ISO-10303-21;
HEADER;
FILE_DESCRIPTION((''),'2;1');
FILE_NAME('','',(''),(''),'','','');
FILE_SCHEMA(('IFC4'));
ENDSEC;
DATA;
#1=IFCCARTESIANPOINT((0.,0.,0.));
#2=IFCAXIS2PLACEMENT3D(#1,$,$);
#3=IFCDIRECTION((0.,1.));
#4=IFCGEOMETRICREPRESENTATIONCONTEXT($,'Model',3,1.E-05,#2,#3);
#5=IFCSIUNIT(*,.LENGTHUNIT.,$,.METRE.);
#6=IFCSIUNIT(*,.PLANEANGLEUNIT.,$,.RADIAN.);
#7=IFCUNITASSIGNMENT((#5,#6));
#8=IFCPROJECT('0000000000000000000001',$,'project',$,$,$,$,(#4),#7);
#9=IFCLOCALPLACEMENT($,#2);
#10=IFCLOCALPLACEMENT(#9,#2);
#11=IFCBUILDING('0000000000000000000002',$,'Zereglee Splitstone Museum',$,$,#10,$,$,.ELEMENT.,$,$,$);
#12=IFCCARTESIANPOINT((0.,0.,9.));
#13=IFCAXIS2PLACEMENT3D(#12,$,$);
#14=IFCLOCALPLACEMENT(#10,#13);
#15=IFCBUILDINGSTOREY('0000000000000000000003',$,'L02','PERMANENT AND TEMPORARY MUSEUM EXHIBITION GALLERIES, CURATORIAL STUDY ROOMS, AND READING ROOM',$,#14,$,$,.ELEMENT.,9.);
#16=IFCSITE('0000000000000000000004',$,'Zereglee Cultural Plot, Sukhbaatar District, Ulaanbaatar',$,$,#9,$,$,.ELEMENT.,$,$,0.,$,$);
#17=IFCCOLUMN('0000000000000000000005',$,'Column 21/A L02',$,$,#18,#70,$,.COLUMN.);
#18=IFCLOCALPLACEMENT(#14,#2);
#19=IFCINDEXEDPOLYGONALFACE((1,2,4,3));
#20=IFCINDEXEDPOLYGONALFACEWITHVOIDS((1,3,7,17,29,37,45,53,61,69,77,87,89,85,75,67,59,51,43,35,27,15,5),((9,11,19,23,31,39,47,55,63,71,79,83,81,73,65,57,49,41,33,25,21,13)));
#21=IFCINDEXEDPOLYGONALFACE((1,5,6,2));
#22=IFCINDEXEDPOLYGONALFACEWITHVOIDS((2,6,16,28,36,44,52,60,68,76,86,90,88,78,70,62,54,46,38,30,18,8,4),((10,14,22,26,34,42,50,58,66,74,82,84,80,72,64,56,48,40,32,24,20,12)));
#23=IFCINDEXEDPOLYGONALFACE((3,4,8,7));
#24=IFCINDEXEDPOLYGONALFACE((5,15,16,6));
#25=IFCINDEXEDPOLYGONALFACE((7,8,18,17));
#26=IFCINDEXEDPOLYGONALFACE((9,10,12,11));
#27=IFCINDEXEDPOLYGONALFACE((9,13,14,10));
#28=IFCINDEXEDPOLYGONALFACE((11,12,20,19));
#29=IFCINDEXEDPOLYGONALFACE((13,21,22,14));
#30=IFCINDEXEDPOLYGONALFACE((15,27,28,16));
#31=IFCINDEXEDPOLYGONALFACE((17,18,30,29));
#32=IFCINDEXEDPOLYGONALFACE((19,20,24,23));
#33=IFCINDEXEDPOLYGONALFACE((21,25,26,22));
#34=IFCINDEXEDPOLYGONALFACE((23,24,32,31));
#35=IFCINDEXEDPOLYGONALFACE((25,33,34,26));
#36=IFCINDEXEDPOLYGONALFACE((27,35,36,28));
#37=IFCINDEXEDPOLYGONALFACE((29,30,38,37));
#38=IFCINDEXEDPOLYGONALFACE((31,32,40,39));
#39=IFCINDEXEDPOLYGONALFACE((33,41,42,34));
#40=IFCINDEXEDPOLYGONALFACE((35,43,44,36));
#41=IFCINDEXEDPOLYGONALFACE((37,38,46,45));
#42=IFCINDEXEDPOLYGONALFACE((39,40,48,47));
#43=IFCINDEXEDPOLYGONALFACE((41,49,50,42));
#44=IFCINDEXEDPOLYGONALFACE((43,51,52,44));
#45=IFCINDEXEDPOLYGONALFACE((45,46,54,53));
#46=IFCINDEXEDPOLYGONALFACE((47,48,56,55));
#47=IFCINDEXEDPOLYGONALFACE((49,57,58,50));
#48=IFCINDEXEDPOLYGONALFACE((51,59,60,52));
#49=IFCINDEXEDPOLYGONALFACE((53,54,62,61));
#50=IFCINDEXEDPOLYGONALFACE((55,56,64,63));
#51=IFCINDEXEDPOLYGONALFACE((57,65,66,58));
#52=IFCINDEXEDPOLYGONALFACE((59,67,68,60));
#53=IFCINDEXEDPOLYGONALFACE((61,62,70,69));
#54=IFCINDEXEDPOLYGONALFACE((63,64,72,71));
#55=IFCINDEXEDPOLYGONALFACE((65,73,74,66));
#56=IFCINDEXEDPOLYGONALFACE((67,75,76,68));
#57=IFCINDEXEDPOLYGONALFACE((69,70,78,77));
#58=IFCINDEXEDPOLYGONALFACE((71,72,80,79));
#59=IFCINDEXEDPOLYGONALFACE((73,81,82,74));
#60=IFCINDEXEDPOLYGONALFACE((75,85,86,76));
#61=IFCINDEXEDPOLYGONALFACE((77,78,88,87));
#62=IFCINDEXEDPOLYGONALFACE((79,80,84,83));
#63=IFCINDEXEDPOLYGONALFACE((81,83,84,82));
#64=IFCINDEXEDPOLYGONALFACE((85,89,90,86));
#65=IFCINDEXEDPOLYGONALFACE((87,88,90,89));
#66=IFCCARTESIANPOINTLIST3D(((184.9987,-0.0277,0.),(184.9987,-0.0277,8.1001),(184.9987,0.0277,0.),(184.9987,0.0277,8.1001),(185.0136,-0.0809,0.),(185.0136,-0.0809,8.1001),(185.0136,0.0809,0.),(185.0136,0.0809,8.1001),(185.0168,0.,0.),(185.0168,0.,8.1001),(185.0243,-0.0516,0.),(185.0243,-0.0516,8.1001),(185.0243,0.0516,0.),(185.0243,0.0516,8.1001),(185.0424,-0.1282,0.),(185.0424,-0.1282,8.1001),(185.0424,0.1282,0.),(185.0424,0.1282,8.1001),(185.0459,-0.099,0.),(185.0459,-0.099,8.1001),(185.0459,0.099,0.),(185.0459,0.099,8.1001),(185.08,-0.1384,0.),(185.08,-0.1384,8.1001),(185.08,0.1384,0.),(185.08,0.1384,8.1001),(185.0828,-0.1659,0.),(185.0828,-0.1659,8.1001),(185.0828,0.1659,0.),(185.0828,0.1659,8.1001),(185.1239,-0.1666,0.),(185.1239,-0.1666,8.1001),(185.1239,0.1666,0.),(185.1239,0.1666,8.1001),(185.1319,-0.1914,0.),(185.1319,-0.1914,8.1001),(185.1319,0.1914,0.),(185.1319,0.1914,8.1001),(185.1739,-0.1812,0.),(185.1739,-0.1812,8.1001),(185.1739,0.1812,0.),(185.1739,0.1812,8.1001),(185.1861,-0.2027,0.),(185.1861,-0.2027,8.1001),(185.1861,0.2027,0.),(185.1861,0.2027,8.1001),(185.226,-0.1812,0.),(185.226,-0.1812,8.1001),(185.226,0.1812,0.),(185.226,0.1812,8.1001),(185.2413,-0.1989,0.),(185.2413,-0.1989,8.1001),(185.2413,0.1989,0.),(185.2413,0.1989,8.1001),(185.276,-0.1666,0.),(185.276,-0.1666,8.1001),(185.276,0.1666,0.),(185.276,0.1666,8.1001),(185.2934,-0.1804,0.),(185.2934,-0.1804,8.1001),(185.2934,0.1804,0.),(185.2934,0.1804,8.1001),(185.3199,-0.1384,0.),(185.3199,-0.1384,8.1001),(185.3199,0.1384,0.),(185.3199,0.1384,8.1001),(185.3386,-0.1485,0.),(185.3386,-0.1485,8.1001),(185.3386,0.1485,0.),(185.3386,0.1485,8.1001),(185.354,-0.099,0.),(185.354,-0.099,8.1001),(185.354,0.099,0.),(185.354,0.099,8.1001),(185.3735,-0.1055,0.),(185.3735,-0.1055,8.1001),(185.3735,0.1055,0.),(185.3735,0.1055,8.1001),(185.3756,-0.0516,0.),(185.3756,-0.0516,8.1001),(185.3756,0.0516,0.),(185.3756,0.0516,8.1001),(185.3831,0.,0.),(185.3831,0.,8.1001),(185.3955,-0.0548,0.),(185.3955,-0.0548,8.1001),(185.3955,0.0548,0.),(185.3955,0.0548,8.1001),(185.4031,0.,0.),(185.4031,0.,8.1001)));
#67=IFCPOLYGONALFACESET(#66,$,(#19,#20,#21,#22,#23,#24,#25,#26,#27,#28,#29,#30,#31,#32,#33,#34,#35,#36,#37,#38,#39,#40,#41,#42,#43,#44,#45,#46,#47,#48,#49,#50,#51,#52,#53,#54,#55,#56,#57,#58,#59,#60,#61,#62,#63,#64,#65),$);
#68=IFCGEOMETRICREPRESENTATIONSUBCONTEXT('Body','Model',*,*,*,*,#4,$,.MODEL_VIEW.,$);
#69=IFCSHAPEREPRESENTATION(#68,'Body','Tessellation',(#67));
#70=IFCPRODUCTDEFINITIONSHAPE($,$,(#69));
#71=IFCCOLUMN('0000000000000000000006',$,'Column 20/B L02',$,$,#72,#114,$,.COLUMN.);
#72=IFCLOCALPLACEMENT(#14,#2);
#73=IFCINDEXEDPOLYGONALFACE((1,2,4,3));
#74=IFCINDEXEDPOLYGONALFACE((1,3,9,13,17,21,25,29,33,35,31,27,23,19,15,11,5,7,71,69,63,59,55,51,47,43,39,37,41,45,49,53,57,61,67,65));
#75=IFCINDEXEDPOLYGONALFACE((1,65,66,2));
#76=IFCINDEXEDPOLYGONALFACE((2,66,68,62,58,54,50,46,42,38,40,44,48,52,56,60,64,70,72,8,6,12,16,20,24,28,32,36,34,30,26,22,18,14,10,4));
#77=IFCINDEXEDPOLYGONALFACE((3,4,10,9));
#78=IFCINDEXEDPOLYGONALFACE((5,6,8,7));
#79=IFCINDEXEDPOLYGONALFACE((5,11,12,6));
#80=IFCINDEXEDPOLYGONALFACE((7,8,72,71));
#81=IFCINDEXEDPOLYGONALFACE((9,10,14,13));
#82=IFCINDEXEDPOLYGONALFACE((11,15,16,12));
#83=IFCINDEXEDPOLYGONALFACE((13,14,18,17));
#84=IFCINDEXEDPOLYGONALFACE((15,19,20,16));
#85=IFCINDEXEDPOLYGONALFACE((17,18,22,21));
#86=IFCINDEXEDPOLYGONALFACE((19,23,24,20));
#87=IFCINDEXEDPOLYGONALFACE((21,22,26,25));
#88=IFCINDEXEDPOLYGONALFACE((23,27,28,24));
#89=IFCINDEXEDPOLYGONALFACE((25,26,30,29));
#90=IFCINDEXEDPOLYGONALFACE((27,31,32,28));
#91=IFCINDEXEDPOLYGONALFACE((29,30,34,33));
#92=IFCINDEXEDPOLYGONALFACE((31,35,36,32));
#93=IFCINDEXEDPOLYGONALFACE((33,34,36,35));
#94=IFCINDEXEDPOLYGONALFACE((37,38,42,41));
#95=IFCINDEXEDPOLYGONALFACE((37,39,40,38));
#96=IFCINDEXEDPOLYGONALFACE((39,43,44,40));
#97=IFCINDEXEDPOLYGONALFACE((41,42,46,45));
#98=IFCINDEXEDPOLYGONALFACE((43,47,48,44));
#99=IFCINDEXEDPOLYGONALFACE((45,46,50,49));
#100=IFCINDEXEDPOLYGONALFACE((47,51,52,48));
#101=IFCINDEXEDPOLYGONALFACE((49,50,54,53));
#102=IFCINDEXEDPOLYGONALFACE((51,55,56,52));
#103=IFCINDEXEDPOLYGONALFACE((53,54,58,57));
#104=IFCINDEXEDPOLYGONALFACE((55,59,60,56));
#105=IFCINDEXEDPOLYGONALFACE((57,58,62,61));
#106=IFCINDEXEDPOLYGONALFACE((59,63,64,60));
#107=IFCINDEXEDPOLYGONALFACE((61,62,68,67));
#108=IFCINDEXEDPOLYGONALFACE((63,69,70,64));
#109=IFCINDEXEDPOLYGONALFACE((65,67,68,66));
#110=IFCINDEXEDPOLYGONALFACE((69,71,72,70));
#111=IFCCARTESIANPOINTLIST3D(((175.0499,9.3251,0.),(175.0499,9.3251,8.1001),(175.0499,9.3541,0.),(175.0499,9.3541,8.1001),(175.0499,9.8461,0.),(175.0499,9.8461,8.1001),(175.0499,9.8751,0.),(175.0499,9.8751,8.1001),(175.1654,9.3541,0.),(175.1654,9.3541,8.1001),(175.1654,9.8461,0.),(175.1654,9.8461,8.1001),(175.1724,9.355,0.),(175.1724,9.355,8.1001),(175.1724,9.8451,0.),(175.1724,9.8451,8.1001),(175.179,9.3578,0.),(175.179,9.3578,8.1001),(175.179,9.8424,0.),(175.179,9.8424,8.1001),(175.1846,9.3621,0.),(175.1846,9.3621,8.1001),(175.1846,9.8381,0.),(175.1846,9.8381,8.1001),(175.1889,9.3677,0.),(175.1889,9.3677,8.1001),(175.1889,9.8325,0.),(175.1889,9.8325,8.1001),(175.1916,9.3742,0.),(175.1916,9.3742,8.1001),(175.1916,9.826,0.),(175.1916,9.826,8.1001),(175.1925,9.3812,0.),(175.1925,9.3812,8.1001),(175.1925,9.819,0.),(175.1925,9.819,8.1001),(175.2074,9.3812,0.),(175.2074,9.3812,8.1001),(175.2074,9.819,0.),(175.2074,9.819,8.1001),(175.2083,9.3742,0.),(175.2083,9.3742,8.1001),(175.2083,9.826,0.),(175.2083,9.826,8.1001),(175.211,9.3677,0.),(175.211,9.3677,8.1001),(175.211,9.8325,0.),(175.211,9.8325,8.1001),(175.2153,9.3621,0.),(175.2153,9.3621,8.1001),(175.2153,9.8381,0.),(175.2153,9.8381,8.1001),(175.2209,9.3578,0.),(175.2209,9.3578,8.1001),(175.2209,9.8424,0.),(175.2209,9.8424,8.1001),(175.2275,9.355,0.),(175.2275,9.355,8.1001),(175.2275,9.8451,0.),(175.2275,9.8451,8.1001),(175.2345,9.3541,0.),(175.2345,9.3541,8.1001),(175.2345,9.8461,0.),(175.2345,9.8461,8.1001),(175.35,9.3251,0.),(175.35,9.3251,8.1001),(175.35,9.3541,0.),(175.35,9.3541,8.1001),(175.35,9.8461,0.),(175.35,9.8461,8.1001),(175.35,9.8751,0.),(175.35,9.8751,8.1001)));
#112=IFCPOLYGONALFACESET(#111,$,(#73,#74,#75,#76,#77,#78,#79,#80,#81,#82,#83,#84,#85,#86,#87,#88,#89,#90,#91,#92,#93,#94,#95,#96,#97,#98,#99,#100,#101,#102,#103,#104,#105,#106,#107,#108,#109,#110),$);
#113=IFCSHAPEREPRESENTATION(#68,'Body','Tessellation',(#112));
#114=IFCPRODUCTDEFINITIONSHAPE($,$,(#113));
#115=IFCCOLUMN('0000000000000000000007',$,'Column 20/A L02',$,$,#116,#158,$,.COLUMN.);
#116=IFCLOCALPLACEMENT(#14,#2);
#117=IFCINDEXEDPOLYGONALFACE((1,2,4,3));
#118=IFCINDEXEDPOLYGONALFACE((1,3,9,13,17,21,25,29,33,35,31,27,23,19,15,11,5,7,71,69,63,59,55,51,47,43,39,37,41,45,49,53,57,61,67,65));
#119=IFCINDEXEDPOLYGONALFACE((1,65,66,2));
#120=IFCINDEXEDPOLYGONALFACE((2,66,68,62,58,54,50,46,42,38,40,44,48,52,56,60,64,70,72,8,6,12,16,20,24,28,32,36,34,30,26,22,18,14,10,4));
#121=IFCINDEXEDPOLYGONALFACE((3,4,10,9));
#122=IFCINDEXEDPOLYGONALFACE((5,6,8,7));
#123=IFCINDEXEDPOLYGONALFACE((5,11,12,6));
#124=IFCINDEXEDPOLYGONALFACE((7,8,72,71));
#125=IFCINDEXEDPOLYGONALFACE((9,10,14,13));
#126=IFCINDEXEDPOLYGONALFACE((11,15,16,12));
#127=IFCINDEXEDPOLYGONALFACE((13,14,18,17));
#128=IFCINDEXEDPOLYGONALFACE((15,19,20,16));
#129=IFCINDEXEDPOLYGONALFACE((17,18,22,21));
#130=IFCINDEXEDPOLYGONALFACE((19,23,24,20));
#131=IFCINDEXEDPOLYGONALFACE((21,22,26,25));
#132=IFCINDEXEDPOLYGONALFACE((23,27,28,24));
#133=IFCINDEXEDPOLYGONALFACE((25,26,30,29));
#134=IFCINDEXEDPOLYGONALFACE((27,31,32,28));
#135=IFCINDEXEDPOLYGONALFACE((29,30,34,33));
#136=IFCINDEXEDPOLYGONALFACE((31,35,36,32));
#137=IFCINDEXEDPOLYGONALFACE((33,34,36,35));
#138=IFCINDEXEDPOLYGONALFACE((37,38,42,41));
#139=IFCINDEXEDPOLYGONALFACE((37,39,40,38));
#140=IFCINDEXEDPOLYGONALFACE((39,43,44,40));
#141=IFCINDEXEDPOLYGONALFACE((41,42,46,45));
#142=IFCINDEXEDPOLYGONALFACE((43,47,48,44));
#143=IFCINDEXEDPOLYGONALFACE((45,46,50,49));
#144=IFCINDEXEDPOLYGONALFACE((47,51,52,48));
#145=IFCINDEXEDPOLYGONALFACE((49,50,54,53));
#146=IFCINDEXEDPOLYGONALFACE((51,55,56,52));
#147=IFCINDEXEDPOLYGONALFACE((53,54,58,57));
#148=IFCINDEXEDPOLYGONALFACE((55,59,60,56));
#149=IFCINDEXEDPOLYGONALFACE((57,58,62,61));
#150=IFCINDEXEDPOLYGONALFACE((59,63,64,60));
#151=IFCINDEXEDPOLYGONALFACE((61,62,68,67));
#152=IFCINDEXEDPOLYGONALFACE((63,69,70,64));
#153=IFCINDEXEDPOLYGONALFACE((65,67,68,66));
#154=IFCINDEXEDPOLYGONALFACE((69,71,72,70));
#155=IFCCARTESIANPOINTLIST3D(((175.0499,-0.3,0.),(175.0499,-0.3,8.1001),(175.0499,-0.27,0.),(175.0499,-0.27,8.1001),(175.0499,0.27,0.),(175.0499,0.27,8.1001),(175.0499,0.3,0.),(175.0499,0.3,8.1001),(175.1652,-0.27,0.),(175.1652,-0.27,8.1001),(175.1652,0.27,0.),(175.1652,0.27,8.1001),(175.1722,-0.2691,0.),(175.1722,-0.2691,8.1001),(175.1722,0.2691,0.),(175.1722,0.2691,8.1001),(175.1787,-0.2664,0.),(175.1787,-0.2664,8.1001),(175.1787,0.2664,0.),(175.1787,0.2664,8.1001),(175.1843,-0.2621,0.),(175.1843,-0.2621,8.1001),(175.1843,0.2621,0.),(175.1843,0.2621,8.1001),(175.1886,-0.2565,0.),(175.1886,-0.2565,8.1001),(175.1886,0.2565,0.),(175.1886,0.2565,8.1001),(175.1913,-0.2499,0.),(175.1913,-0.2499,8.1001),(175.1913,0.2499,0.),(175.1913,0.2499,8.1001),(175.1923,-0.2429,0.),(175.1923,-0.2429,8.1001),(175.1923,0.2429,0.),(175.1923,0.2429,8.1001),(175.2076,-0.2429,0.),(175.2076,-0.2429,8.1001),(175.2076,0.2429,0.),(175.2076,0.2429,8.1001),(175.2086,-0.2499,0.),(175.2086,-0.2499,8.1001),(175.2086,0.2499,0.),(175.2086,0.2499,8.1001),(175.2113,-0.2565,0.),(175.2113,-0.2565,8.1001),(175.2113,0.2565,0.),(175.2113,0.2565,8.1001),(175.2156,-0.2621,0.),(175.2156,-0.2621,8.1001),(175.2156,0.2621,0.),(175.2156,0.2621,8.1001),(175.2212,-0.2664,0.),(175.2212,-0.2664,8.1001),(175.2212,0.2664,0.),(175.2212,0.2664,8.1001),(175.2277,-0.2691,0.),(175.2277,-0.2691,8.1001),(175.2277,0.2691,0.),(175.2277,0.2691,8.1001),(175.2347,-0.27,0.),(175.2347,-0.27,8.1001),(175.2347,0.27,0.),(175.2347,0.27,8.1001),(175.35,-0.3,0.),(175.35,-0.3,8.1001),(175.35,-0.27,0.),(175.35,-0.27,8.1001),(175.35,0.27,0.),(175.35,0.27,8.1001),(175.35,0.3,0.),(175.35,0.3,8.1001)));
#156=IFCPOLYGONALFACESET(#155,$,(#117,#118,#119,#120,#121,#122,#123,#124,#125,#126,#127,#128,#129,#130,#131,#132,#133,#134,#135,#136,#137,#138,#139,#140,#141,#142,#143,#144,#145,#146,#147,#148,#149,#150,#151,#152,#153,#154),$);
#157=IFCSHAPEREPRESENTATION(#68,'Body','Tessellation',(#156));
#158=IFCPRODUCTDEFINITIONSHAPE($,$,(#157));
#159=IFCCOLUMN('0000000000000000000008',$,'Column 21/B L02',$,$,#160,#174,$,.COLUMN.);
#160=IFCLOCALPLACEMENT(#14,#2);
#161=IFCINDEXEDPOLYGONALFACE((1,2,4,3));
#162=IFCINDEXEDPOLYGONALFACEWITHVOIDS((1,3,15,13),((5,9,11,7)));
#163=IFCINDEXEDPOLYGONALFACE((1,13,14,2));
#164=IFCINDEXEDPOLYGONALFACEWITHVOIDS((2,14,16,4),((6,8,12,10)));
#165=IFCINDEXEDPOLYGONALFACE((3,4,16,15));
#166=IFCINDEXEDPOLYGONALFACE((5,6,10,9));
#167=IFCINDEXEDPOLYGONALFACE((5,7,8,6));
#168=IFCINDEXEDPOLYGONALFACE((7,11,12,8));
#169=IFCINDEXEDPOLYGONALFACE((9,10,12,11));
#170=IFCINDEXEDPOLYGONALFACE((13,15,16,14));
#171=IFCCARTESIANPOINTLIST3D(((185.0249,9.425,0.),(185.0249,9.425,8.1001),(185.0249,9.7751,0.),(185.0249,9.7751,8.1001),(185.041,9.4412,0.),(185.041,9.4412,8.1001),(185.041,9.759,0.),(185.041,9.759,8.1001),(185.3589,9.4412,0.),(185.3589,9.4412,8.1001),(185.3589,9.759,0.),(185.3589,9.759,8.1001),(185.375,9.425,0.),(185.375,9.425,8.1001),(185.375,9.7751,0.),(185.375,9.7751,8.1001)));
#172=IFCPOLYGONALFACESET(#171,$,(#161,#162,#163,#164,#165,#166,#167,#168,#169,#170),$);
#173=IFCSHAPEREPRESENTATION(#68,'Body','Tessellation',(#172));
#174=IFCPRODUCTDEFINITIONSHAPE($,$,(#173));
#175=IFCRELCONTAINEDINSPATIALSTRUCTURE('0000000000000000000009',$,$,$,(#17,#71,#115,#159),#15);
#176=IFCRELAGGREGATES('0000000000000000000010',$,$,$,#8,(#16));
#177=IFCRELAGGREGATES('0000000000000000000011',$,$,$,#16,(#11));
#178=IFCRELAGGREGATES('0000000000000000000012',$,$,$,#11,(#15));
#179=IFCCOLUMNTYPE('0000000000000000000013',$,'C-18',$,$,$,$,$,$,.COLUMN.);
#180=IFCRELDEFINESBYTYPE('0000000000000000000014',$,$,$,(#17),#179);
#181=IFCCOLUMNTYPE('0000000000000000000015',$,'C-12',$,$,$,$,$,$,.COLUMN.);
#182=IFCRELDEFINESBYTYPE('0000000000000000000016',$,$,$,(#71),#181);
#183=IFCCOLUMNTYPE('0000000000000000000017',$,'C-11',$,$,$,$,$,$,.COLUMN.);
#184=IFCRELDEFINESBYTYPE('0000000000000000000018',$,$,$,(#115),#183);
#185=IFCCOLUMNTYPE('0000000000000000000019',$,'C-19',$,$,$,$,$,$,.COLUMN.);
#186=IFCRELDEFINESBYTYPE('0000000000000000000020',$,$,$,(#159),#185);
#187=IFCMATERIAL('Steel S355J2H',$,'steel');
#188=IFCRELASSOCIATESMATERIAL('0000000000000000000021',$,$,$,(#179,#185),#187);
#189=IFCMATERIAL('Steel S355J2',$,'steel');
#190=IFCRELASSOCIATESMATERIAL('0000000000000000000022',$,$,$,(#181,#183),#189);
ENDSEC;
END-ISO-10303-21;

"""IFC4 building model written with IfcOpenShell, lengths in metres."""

from ifc_helpers import new_model, si_unit, direction, frame, origin, origin_2d, place, context, subcontext, project, spatial, hollow_rectangle, hollow_circle, i_section, extrude, material, material_profile, profile_set, type_object, element, save


model = new_model("IFC4")

# Units and contexts
model_context = context("Model", 3, precision=1e-05, world=origin(), true_north=direction((0.0, 1.0)))
body_context = subcontext(model_context, "Body", "Model", "MODEL_VIEW")
ifc_project = project(units=[si_unit("LENGTHUNIT", "METRE"), si_unit("PLANEANGLEUNIT", "RADIAN")], contexts=[model_context])

# Site, building, storey
site_placement = place(None, origin())
site = spatial("IfcSite", under=ifc_project, at=site_placement, Name="Zereglee Cultural Plot, Sukhbaatar District, Ulaanbaatar", CompositionType="ELEMENT", RefElevation=0.0)
building_placement = place(site_placement, origin())
building = spatial("IfcBuilding", under=site, at=building_placement, Name="Zereglee Splitstone Museum", CompositionType="ELEMENT")
storey_placement = place(building_placement, frame((0.0, 0.0, 9.0)))
storey = spatial("IfcBuildingStorey", under=building, at=storey_placement, Name="L02", Description="PERMANENT AND TEMPORARY MUSEUM EXHIBITION GALLERIES, CURATORIAL STUDY ROOMS, AND READING ROOM", CompositionType="ELEMENT", Elevation=9.0)

# Columns
ifc_material_1 = material(Name="Steel S355J2H", Category="steel")
ifc_material_profile_1 = material_profile(ifc_material_1, hollow_circle(Radius=0.2031, WallThickness=0.02, at=origin_2d()), Name="CHS 406.4x20")
ifc_profile_set_1 = profile_set([ifc_material_profile_1], Name="Steel S355J2H")
column_type_1 = type_object("IfcColumnType", Name="C-18", PredefinedType="COLUMN", material=ifc_profile_set_1)
column_1_placement = place(storey_placement, frame((185.2, 0.0, 0.0), z_axis=(0.0, 0.0, 1.0), x_axis=(1.0, 0.0, 0.0)))
element("IfcColumn", 1, at=column_1_placement, inside=storey, type_object=column_type_1, Name="Column 21/A L02", PredefinedType="COLUMN", context=body_context, shape_type="SweptSolid", body=[
    extrude(hollow_circle(Radius=0.2031, WallThickness=0.02, at=origin_2d()), origin(), (0.0, 0.0, 1.0), 8.1001),
])
ifc_material_2 = material(Name="Steel S355J2", Category="steel")
ifc_material_profile_2 = material_profile(ifc_material_2, i_section(OverallWidth=0.3, OverallDepth=0.55, WebThickness=0.0149, FlangeThickness=0.0291, FilletRadius=0.0271, at=origin_2d()), Name="HE 550 B")
ifc_profile_set_2 = profile_set([ifc_material_profile_2], Name="Steel S355J2")
column_type_2 = type_object("IfcColumnType", Name="C-12", PredefinedType="COLUMN", material=ifc_profile_set_2)
column_2_placement = place(storey_placement, frame((175.2, 9.6001, 0.0), z_axis=(0.0, 0.0, 1.0), x_axis=(1.0, 0.0, 0.0)))
element("IfcColumn", 2, at=column_2_placement, inside=storey, type_object=column_type_2, Name="Column 20/B L02", PredefinedType="COLUMN", context=body_context, shape_type="SweptSolid", body=[
    extrude(i_section(OverallWidth=0.3, OverallDepth=0.55, WebThickness=0.0149, FlangeThickness=0.0291, FilletRadius=0.0271, at=origin_2d()), origin(), (0.0, 0.0, 1.0), 8.1001),
])
ifc_material_profile_3 = material_profile(ifc_material_2, i_section(OverallWidth=0.3, OverallDepth=0.6001, WebThickness=0.0154, FlangeThickness=0.03, FilletRadius=0.0271, at=origin_2d()), Name="HE 600 B")
ifc_profile_set_3 = profile_set([ifc_material_profile_3], Name="Steel S355J2")
column_type_3 = type_object("IfcColumnType", Name="C-11", PredefinedType="COLUMN", material=ifc_profile_set_3)
column_3_placement = place(storey_placement, frame((175.2, 0.0, 0.0), z_axis=(0.0, 0.0, 1.0), x_axis=(1.0, 0.0, 0.0)))
element("IfcColumn", 3, at=column_3_placement, inside=storey, type_object=column_type_3, Name="Column 20/A L02", PredefinedType="COLUMN", context=body_context, shape_type="SweptSolid", body=[
    extrude(i_section(OverallWidth=0.3, OverallDepth=0.6001, WebThickness=0.0154, FlangeThickness=0.03, FilletRadius=0.0271, at=origin_2d()), origin(), (0.0, 0.0, 1.0), 8.1001),
])
ifc_material_profile_4 = material_profile(ifc_material_1, hollow_rectangle(XDim=0.3501, YDim=0.3501, WallThickness=0.0161, at=origin_2d()), Name="SHS 350x350x16")
ifc_profile_set_4 = profile_set([ifc_material_profile_4], Name="Steel S355J2H")
column_type_4 = type_object("IfcColumnType", Name="C-19", PredefinedType="COLUMN", material=ifc_profile_set_4)
column_4_placement = place(storey_placement, frame((185.2, 9.6001, 0.0), z_axis=(0.0, 0.0, 1.0), x_axis=(1.0, 0.0, 0.0)))
element("IfcColumn", 4, at=column_4_placement, inside=storey, type_object=column_type_4, Name="Column 21/B L02", PredefinedType="COLUMN", context=body_context, shape_type="SweptSolid", body=[
    extrude(hollow_rectangle(XDim=0.3501, YDim=0.3501, WallThickness=0.0161, at=origin_2d()), origin(), (0.0, 0.0, 1.0), 8.1001),
])

save(model, "model.ifc")
